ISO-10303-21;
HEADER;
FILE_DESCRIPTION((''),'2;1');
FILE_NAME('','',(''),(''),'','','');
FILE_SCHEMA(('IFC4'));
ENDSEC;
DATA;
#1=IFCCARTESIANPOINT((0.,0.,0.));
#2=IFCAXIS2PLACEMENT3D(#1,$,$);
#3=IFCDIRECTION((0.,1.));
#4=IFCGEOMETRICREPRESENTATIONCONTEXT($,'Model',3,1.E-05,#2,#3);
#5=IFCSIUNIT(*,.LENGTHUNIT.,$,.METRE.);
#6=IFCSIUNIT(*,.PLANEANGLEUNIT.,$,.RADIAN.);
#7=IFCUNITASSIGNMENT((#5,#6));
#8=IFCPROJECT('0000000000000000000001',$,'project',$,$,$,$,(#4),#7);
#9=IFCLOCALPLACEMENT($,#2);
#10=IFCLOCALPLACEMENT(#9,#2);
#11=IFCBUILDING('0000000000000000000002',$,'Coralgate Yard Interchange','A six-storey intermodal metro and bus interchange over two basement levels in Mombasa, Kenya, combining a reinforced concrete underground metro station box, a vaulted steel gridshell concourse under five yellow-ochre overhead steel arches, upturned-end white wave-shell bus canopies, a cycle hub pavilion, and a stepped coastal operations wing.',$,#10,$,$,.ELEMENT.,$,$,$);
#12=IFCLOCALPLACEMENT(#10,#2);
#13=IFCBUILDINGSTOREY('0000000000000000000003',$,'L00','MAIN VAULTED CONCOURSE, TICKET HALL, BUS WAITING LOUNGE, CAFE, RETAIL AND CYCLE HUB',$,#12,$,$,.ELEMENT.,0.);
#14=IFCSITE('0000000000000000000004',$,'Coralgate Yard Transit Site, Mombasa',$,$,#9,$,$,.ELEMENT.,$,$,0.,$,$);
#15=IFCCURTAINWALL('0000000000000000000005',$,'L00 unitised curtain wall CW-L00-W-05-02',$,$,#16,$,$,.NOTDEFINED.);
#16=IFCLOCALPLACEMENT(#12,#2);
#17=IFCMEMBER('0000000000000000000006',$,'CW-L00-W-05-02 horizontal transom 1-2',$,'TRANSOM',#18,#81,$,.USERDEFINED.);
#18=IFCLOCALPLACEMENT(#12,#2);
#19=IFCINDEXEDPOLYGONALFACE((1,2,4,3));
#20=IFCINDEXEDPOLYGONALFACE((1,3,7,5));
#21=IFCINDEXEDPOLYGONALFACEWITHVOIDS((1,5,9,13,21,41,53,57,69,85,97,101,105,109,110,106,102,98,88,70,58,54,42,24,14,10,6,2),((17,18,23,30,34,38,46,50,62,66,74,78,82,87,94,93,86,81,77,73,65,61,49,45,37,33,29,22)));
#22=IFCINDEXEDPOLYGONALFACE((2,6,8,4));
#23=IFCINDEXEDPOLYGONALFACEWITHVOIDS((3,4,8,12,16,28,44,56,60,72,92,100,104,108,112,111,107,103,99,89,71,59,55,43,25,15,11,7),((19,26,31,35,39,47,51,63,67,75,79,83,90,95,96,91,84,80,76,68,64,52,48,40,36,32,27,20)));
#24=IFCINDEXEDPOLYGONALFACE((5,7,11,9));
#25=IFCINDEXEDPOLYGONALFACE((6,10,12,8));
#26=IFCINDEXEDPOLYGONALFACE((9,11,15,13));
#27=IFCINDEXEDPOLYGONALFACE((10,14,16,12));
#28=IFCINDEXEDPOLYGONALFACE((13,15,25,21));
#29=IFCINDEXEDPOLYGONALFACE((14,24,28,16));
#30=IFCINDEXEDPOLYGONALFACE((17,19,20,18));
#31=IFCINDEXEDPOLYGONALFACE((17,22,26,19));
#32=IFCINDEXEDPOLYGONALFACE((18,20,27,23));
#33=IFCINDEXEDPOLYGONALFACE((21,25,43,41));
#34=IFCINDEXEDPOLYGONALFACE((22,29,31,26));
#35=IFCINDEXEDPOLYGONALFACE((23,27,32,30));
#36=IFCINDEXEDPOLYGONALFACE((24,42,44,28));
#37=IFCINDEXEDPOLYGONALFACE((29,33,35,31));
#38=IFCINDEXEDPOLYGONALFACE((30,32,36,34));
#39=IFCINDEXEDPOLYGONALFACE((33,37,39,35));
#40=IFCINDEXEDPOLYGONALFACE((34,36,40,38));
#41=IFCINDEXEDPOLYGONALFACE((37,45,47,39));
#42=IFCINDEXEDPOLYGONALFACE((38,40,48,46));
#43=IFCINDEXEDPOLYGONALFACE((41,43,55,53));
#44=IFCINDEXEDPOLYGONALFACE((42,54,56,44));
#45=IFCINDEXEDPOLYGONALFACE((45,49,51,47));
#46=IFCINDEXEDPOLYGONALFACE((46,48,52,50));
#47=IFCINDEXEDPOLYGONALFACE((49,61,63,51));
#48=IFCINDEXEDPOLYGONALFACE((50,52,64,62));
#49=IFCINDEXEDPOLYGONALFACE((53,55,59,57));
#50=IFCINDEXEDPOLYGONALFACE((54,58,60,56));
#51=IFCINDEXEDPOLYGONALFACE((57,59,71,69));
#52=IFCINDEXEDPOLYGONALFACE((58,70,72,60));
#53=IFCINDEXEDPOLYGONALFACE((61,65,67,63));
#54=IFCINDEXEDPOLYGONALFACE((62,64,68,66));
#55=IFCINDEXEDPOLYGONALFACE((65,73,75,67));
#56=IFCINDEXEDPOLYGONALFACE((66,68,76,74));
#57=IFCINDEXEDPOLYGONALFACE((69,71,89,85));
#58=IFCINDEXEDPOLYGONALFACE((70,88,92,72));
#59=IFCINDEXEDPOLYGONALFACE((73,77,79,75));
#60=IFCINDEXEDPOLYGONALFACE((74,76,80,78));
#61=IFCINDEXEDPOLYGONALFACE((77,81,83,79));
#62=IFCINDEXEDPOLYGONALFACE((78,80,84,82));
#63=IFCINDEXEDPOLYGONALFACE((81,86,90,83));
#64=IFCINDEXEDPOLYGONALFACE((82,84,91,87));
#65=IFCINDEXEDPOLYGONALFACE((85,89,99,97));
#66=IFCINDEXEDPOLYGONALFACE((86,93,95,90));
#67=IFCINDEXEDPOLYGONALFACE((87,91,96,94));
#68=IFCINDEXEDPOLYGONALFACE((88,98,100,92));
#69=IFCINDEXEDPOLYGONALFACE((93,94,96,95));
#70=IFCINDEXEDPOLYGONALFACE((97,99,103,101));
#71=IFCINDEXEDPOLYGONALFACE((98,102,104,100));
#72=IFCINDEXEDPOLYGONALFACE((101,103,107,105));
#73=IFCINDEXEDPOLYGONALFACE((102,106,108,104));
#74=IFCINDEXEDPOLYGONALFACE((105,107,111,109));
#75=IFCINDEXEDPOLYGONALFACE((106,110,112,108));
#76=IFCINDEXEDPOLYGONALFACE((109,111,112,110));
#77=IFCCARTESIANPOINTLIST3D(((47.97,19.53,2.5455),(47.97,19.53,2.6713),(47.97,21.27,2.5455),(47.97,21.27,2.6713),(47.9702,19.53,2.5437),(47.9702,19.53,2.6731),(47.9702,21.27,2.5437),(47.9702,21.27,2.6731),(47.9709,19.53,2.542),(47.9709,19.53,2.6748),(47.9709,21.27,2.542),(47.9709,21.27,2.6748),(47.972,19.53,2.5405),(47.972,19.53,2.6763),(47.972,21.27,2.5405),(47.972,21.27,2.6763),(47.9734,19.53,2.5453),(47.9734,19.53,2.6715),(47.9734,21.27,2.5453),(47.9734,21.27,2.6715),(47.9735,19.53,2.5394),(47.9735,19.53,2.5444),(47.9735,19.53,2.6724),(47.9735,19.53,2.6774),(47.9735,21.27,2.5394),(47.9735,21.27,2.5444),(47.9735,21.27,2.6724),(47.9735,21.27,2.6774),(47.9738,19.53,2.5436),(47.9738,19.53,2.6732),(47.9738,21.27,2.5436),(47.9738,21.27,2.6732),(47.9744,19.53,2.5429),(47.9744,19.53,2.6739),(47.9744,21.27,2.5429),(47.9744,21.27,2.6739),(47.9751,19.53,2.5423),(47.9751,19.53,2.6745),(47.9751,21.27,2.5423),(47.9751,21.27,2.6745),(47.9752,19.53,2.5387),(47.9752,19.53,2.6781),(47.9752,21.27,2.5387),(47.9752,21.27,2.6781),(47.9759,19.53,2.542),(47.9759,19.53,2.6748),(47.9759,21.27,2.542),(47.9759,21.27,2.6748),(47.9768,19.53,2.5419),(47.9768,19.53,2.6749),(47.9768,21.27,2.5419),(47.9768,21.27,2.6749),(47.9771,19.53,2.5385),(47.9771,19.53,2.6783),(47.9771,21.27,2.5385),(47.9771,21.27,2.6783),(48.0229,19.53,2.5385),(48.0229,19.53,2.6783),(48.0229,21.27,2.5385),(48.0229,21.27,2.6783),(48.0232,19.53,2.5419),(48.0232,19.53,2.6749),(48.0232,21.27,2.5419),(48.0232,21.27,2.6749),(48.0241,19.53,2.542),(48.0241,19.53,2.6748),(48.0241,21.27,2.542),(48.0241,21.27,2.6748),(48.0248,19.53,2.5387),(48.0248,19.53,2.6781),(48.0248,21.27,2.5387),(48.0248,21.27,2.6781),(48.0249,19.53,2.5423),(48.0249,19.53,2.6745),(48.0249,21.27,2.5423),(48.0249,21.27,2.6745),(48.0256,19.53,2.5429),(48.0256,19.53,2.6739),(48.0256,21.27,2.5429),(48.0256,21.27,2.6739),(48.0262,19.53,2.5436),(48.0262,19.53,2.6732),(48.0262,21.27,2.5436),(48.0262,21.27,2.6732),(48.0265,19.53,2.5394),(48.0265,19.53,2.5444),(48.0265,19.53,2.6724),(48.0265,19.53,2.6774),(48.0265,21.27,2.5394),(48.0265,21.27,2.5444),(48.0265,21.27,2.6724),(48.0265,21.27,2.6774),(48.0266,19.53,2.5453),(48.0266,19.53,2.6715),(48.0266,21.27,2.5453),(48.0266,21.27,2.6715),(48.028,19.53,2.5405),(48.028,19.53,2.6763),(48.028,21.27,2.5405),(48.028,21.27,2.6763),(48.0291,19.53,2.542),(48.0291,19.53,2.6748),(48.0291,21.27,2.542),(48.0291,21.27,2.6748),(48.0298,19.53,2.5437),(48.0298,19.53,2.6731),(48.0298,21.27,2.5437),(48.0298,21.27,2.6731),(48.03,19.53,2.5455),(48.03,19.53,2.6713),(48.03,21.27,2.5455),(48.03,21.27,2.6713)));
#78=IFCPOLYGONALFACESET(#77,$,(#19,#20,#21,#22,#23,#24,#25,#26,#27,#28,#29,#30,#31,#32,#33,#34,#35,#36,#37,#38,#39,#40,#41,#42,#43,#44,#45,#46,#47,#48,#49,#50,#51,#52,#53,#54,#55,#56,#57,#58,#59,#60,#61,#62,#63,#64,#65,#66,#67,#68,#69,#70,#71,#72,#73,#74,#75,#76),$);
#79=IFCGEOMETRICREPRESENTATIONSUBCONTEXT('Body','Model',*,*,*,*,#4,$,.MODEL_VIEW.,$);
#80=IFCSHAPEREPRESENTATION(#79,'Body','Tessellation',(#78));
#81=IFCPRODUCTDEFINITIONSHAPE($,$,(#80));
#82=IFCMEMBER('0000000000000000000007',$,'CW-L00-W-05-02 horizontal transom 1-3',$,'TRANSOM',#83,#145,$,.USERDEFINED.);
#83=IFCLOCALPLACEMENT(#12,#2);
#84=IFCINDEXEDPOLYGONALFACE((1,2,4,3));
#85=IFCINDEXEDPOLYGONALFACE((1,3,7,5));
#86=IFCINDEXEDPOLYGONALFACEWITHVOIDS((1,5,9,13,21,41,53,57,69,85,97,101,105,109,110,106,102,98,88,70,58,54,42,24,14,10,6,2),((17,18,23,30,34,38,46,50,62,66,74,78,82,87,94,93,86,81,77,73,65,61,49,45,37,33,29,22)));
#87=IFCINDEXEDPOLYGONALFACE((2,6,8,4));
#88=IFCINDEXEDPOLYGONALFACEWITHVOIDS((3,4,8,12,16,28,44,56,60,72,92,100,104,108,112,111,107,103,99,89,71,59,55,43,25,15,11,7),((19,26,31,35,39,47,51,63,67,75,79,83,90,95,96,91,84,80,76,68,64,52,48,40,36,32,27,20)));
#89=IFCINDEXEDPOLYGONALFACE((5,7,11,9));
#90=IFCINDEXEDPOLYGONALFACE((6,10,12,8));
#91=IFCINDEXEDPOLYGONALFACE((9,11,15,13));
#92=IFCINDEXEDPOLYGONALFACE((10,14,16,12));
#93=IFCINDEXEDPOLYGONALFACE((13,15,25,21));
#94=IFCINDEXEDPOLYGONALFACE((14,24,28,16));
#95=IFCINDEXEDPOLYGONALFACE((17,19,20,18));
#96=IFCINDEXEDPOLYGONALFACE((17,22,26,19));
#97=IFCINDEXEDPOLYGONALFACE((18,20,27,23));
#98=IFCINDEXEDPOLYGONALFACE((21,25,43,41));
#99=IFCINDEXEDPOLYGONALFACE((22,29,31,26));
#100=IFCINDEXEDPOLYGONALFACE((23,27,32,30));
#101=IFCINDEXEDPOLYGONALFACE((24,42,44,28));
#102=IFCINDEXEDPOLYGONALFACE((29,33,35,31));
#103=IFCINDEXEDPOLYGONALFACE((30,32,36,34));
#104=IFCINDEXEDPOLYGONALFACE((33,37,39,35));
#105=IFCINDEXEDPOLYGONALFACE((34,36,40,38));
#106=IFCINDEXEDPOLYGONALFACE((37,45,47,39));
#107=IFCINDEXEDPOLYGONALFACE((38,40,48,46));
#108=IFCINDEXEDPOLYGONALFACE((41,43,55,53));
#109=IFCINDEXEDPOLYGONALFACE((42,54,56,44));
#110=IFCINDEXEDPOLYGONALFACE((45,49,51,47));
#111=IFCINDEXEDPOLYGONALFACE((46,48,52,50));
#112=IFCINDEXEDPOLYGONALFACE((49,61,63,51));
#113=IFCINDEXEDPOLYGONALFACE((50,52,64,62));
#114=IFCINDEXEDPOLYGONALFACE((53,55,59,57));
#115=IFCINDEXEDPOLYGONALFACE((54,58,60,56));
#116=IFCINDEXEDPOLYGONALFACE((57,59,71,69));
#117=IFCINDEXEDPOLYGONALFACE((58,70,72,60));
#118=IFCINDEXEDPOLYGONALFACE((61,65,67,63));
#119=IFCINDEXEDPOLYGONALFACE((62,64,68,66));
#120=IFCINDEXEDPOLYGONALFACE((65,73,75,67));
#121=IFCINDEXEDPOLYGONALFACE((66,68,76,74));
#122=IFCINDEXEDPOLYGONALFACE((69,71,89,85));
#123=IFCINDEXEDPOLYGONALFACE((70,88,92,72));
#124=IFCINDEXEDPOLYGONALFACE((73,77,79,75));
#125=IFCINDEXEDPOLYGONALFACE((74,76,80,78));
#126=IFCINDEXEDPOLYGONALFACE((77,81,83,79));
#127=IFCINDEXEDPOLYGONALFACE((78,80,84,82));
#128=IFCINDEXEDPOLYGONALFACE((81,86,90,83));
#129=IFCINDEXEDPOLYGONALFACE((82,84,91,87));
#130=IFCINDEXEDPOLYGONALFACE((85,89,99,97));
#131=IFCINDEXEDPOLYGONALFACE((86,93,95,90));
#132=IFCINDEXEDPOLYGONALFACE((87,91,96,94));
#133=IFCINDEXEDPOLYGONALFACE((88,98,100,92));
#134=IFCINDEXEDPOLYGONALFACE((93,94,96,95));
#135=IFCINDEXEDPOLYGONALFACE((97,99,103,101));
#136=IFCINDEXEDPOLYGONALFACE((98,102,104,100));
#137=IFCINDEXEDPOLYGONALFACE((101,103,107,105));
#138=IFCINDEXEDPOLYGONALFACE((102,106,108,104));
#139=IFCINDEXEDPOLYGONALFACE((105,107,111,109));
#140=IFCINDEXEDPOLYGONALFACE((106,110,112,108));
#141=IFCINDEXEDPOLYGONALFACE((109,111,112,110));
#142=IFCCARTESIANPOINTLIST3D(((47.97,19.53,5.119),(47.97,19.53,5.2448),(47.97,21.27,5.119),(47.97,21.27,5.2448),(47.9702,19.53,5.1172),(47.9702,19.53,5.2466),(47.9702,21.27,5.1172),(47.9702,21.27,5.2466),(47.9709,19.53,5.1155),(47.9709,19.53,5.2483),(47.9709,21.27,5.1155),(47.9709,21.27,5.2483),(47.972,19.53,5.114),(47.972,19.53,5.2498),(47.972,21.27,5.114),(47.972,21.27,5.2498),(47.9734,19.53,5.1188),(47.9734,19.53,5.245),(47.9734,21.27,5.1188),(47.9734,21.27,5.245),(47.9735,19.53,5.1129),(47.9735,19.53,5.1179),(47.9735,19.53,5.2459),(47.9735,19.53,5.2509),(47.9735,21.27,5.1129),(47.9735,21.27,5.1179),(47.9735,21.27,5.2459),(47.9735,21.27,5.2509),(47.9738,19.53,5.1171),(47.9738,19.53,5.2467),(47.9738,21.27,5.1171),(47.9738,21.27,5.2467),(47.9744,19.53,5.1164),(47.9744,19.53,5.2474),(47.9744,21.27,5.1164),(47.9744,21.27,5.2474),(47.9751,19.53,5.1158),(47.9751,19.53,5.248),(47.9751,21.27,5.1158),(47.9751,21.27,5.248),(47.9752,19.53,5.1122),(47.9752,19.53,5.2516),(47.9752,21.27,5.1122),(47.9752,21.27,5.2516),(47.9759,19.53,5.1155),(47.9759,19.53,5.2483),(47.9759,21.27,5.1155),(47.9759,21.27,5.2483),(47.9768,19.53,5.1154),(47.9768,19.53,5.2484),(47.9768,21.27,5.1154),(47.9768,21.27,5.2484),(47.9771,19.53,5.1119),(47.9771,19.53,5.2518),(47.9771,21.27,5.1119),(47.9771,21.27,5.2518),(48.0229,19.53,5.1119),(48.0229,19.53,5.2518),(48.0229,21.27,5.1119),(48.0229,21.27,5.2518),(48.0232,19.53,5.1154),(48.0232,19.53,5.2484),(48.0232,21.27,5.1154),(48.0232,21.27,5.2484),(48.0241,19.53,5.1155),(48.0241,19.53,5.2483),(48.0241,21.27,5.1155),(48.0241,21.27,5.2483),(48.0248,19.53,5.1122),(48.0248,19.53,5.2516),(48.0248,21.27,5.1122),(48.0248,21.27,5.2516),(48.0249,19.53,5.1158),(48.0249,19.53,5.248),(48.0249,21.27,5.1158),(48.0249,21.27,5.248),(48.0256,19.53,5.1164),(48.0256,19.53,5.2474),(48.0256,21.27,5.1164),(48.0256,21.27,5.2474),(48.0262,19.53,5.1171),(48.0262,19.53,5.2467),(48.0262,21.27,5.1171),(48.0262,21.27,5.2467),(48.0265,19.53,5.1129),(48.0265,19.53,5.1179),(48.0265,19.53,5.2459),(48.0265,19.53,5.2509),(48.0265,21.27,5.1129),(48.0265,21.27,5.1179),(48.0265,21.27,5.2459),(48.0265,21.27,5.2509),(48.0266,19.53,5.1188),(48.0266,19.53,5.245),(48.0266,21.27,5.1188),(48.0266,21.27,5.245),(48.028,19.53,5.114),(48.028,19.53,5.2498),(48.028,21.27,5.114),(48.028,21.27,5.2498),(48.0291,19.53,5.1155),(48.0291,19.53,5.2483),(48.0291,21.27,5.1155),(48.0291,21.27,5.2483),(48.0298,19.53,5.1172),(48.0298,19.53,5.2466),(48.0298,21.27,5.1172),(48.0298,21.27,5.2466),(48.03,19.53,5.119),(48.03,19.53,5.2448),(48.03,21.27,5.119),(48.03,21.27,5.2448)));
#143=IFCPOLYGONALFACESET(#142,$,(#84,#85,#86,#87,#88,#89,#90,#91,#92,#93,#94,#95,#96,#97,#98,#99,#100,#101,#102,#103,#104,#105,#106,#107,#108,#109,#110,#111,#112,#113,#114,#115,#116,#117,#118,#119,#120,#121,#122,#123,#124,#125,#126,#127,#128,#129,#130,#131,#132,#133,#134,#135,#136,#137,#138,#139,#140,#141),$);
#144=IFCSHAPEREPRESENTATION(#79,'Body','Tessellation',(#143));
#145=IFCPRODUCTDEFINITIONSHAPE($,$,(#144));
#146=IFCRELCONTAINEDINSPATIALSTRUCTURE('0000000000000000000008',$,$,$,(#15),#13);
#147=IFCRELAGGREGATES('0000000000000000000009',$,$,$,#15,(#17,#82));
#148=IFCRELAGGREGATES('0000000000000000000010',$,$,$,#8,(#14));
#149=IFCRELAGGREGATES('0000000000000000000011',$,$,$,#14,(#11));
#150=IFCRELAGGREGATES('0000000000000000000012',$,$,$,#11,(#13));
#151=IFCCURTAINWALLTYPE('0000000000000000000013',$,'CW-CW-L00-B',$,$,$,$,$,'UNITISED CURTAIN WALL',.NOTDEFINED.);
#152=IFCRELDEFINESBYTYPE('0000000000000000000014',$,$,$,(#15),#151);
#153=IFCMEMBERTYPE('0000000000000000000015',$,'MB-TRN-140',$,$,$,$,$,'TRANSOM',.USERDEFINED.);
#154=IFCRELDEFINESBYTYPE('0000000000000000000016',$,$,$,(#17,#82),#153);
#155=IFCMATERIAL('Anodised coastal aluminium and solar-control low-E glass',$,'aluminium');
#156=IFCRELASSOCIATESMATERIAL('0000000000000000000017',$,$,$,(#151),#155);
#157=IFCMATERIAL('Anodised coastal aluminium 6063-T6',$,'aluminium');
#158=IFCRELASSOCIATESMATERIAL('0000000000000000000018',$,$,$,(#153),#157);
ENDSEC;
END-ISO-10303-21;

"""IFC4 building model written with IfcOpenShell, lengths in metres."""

from ifc_helpers import new_model, si_unit, direction, frame, origin, origin_2d, place, context, subcontext, project, spatial, hollow_rectangle, extrude, material, material_profile, profile_set, type_object, element, aggregate, save


model = new_model("IFC4")

# Units and contexts
model_context = context("Model", 3, precision=1e-05, world=origin(), true_north=direction((0.0, 1.0)))
body_context = subcontext(model_context, "Body", "Model", "MODEL_VIEW")
ifc_project = project(units=[si_unit("LENGTHUNIT", "METRE"), si_unit("PLANEANGLEUNIT", "RADIAN")], contexts=[model_context])

# Site, building, storey
site_placement = place(None, origin())
site = spatial("IfcSite", under=ifc_project, at=site_placement, Name="Coralgate Yard Transit Site, Mombasa", CompositionType="ELEMENT", RefElevation=0.0)
building_placement = place(site_placement, origin())
building = spatial("IfcBuilding", under=site, at=building_placement, Name="Coralgate Yard Interchange", Description="A six-storey intermodal metro and bus interchange over two basement levels in Mombasa, Kenya, combining a reinforced concrete underground metro station box, a vaulted steel gridshell concourse under five yellow-ochre overhead steel arches, upturned-end white wave-shell bus canopies, a cycle hub pavilion, and a stepped coastal operations wing.", CompositionType="ELEMENT")
storey_placement = place(building_placement, origin())
storey = spatial("IfcBuildingStorey", under=building, at=storey_placement, Name="L00", Description="MAIN VAULTED CONCOURSE, TICKET HALL, BUS WAITING LOUNGE, CAFE, RETAIL AND CYCLE HUB", CompositionType="ELEMENT", Elevation=0.0)

# Shared definitions
ifc_material_1 = material(Name="Anodised coastal aluminium and solar-control low-E glass", Category="aluminium")
curtain_wall_type = type_object("IfcCurtainWallType", Name="CW-CW-L00-B", ElementType="UNITISED CURTAIN WALL", PredefinedType="NOTDEFINED", material=ifc_material_1)
ifc_material_2 = material(Name="Anodised coastal aluminium 6063-T6", Category="aluminium")

# Curtain wall
curtain_wall_1_placement = place(storey_placement, origin())
curtain_wall_1 = element("IfcCurtainWall", 1, at=curtain_wall_1_placement, inside=storey, type_object=curtain_wall_type, Name="L00 unitised curtain wall CW-L00-W-05-02", PredefinedType="NOTDEFINED")

# Members
ifc_material_profile_1 = material_profile(ifc_material_2, hollow_rectangle(XDim=0.0601, YDim=0.1399, WallThickness=0.0034, InnerFilletRadius=0.0034, OuterFilletRadius=0.0071, at=origin_2d()), Name="ALU 60x140x3.5")
ifc_profile_set_1 = profile_set([ifc_material_profile_1], Name="Anodised coastal aluminium 6063-T6")
member_type_1 = type_object("IfcMemberType", Name="MB-TRN-140", ElementType="TRANSOM", PredefinedType="USERDEFINED", material=ifc_profile_set_1)
member_1_placement = place(storey_placement, frame((48.0, 19.53, 2.6084), z_axis=(0.0, 1.0, 0.0), x_axis=(-1.0, 0.0, 0.0)))
member_1 = element("IfcMember", 2, at=member_1_placement, type_object=member_type_1, Name="CW-L00-W-05-02 horizontal transom 1-2", ObjectType="TRANSOM", PredefinedType="USERDEFINED", context=body_context, shape_type="SweptSolid", body=[
    extrude(hollow_rectangle(XDim=0.0601, YDim=0.1399, WallThickness=0.0034, InnerFilletRadius=0.0034, OuterFilletRadius=0.0071, at=origin_2d()), origin(), (0.0, 0.0, 1.0), 1.74),
])
member_2_placement = place(storey_placement, frame((48.0, 19.53, 5.1819), z_axis=(0.0, 1.0, 0.0), x_axis=(-1.0, 0.0, 0.0)))
member_2 = element("IfcMember", 3, at=member_2_placement, type_object=member_type_1, Name="CW-L00-W-05-02 horizontal transom 1-3", ObjectType="TRANSOM", PredefinedType="USERDEFINED", context=body_context, shape_type="SweptSolid", body=[
    extrude(hollow_rectangle(XDim=0.0601, YDim=0.1399, WallThickness=0.0034, InnerFilletRadius=0.0034, OuterFilletRadius=0.0071, at=origin_2d()), origin(), (0.0, 0.0, 1.0), 1.74),
])

aggregate(curtain_wall_1, [member_1, member_2])

save(model, "model.ifc")
